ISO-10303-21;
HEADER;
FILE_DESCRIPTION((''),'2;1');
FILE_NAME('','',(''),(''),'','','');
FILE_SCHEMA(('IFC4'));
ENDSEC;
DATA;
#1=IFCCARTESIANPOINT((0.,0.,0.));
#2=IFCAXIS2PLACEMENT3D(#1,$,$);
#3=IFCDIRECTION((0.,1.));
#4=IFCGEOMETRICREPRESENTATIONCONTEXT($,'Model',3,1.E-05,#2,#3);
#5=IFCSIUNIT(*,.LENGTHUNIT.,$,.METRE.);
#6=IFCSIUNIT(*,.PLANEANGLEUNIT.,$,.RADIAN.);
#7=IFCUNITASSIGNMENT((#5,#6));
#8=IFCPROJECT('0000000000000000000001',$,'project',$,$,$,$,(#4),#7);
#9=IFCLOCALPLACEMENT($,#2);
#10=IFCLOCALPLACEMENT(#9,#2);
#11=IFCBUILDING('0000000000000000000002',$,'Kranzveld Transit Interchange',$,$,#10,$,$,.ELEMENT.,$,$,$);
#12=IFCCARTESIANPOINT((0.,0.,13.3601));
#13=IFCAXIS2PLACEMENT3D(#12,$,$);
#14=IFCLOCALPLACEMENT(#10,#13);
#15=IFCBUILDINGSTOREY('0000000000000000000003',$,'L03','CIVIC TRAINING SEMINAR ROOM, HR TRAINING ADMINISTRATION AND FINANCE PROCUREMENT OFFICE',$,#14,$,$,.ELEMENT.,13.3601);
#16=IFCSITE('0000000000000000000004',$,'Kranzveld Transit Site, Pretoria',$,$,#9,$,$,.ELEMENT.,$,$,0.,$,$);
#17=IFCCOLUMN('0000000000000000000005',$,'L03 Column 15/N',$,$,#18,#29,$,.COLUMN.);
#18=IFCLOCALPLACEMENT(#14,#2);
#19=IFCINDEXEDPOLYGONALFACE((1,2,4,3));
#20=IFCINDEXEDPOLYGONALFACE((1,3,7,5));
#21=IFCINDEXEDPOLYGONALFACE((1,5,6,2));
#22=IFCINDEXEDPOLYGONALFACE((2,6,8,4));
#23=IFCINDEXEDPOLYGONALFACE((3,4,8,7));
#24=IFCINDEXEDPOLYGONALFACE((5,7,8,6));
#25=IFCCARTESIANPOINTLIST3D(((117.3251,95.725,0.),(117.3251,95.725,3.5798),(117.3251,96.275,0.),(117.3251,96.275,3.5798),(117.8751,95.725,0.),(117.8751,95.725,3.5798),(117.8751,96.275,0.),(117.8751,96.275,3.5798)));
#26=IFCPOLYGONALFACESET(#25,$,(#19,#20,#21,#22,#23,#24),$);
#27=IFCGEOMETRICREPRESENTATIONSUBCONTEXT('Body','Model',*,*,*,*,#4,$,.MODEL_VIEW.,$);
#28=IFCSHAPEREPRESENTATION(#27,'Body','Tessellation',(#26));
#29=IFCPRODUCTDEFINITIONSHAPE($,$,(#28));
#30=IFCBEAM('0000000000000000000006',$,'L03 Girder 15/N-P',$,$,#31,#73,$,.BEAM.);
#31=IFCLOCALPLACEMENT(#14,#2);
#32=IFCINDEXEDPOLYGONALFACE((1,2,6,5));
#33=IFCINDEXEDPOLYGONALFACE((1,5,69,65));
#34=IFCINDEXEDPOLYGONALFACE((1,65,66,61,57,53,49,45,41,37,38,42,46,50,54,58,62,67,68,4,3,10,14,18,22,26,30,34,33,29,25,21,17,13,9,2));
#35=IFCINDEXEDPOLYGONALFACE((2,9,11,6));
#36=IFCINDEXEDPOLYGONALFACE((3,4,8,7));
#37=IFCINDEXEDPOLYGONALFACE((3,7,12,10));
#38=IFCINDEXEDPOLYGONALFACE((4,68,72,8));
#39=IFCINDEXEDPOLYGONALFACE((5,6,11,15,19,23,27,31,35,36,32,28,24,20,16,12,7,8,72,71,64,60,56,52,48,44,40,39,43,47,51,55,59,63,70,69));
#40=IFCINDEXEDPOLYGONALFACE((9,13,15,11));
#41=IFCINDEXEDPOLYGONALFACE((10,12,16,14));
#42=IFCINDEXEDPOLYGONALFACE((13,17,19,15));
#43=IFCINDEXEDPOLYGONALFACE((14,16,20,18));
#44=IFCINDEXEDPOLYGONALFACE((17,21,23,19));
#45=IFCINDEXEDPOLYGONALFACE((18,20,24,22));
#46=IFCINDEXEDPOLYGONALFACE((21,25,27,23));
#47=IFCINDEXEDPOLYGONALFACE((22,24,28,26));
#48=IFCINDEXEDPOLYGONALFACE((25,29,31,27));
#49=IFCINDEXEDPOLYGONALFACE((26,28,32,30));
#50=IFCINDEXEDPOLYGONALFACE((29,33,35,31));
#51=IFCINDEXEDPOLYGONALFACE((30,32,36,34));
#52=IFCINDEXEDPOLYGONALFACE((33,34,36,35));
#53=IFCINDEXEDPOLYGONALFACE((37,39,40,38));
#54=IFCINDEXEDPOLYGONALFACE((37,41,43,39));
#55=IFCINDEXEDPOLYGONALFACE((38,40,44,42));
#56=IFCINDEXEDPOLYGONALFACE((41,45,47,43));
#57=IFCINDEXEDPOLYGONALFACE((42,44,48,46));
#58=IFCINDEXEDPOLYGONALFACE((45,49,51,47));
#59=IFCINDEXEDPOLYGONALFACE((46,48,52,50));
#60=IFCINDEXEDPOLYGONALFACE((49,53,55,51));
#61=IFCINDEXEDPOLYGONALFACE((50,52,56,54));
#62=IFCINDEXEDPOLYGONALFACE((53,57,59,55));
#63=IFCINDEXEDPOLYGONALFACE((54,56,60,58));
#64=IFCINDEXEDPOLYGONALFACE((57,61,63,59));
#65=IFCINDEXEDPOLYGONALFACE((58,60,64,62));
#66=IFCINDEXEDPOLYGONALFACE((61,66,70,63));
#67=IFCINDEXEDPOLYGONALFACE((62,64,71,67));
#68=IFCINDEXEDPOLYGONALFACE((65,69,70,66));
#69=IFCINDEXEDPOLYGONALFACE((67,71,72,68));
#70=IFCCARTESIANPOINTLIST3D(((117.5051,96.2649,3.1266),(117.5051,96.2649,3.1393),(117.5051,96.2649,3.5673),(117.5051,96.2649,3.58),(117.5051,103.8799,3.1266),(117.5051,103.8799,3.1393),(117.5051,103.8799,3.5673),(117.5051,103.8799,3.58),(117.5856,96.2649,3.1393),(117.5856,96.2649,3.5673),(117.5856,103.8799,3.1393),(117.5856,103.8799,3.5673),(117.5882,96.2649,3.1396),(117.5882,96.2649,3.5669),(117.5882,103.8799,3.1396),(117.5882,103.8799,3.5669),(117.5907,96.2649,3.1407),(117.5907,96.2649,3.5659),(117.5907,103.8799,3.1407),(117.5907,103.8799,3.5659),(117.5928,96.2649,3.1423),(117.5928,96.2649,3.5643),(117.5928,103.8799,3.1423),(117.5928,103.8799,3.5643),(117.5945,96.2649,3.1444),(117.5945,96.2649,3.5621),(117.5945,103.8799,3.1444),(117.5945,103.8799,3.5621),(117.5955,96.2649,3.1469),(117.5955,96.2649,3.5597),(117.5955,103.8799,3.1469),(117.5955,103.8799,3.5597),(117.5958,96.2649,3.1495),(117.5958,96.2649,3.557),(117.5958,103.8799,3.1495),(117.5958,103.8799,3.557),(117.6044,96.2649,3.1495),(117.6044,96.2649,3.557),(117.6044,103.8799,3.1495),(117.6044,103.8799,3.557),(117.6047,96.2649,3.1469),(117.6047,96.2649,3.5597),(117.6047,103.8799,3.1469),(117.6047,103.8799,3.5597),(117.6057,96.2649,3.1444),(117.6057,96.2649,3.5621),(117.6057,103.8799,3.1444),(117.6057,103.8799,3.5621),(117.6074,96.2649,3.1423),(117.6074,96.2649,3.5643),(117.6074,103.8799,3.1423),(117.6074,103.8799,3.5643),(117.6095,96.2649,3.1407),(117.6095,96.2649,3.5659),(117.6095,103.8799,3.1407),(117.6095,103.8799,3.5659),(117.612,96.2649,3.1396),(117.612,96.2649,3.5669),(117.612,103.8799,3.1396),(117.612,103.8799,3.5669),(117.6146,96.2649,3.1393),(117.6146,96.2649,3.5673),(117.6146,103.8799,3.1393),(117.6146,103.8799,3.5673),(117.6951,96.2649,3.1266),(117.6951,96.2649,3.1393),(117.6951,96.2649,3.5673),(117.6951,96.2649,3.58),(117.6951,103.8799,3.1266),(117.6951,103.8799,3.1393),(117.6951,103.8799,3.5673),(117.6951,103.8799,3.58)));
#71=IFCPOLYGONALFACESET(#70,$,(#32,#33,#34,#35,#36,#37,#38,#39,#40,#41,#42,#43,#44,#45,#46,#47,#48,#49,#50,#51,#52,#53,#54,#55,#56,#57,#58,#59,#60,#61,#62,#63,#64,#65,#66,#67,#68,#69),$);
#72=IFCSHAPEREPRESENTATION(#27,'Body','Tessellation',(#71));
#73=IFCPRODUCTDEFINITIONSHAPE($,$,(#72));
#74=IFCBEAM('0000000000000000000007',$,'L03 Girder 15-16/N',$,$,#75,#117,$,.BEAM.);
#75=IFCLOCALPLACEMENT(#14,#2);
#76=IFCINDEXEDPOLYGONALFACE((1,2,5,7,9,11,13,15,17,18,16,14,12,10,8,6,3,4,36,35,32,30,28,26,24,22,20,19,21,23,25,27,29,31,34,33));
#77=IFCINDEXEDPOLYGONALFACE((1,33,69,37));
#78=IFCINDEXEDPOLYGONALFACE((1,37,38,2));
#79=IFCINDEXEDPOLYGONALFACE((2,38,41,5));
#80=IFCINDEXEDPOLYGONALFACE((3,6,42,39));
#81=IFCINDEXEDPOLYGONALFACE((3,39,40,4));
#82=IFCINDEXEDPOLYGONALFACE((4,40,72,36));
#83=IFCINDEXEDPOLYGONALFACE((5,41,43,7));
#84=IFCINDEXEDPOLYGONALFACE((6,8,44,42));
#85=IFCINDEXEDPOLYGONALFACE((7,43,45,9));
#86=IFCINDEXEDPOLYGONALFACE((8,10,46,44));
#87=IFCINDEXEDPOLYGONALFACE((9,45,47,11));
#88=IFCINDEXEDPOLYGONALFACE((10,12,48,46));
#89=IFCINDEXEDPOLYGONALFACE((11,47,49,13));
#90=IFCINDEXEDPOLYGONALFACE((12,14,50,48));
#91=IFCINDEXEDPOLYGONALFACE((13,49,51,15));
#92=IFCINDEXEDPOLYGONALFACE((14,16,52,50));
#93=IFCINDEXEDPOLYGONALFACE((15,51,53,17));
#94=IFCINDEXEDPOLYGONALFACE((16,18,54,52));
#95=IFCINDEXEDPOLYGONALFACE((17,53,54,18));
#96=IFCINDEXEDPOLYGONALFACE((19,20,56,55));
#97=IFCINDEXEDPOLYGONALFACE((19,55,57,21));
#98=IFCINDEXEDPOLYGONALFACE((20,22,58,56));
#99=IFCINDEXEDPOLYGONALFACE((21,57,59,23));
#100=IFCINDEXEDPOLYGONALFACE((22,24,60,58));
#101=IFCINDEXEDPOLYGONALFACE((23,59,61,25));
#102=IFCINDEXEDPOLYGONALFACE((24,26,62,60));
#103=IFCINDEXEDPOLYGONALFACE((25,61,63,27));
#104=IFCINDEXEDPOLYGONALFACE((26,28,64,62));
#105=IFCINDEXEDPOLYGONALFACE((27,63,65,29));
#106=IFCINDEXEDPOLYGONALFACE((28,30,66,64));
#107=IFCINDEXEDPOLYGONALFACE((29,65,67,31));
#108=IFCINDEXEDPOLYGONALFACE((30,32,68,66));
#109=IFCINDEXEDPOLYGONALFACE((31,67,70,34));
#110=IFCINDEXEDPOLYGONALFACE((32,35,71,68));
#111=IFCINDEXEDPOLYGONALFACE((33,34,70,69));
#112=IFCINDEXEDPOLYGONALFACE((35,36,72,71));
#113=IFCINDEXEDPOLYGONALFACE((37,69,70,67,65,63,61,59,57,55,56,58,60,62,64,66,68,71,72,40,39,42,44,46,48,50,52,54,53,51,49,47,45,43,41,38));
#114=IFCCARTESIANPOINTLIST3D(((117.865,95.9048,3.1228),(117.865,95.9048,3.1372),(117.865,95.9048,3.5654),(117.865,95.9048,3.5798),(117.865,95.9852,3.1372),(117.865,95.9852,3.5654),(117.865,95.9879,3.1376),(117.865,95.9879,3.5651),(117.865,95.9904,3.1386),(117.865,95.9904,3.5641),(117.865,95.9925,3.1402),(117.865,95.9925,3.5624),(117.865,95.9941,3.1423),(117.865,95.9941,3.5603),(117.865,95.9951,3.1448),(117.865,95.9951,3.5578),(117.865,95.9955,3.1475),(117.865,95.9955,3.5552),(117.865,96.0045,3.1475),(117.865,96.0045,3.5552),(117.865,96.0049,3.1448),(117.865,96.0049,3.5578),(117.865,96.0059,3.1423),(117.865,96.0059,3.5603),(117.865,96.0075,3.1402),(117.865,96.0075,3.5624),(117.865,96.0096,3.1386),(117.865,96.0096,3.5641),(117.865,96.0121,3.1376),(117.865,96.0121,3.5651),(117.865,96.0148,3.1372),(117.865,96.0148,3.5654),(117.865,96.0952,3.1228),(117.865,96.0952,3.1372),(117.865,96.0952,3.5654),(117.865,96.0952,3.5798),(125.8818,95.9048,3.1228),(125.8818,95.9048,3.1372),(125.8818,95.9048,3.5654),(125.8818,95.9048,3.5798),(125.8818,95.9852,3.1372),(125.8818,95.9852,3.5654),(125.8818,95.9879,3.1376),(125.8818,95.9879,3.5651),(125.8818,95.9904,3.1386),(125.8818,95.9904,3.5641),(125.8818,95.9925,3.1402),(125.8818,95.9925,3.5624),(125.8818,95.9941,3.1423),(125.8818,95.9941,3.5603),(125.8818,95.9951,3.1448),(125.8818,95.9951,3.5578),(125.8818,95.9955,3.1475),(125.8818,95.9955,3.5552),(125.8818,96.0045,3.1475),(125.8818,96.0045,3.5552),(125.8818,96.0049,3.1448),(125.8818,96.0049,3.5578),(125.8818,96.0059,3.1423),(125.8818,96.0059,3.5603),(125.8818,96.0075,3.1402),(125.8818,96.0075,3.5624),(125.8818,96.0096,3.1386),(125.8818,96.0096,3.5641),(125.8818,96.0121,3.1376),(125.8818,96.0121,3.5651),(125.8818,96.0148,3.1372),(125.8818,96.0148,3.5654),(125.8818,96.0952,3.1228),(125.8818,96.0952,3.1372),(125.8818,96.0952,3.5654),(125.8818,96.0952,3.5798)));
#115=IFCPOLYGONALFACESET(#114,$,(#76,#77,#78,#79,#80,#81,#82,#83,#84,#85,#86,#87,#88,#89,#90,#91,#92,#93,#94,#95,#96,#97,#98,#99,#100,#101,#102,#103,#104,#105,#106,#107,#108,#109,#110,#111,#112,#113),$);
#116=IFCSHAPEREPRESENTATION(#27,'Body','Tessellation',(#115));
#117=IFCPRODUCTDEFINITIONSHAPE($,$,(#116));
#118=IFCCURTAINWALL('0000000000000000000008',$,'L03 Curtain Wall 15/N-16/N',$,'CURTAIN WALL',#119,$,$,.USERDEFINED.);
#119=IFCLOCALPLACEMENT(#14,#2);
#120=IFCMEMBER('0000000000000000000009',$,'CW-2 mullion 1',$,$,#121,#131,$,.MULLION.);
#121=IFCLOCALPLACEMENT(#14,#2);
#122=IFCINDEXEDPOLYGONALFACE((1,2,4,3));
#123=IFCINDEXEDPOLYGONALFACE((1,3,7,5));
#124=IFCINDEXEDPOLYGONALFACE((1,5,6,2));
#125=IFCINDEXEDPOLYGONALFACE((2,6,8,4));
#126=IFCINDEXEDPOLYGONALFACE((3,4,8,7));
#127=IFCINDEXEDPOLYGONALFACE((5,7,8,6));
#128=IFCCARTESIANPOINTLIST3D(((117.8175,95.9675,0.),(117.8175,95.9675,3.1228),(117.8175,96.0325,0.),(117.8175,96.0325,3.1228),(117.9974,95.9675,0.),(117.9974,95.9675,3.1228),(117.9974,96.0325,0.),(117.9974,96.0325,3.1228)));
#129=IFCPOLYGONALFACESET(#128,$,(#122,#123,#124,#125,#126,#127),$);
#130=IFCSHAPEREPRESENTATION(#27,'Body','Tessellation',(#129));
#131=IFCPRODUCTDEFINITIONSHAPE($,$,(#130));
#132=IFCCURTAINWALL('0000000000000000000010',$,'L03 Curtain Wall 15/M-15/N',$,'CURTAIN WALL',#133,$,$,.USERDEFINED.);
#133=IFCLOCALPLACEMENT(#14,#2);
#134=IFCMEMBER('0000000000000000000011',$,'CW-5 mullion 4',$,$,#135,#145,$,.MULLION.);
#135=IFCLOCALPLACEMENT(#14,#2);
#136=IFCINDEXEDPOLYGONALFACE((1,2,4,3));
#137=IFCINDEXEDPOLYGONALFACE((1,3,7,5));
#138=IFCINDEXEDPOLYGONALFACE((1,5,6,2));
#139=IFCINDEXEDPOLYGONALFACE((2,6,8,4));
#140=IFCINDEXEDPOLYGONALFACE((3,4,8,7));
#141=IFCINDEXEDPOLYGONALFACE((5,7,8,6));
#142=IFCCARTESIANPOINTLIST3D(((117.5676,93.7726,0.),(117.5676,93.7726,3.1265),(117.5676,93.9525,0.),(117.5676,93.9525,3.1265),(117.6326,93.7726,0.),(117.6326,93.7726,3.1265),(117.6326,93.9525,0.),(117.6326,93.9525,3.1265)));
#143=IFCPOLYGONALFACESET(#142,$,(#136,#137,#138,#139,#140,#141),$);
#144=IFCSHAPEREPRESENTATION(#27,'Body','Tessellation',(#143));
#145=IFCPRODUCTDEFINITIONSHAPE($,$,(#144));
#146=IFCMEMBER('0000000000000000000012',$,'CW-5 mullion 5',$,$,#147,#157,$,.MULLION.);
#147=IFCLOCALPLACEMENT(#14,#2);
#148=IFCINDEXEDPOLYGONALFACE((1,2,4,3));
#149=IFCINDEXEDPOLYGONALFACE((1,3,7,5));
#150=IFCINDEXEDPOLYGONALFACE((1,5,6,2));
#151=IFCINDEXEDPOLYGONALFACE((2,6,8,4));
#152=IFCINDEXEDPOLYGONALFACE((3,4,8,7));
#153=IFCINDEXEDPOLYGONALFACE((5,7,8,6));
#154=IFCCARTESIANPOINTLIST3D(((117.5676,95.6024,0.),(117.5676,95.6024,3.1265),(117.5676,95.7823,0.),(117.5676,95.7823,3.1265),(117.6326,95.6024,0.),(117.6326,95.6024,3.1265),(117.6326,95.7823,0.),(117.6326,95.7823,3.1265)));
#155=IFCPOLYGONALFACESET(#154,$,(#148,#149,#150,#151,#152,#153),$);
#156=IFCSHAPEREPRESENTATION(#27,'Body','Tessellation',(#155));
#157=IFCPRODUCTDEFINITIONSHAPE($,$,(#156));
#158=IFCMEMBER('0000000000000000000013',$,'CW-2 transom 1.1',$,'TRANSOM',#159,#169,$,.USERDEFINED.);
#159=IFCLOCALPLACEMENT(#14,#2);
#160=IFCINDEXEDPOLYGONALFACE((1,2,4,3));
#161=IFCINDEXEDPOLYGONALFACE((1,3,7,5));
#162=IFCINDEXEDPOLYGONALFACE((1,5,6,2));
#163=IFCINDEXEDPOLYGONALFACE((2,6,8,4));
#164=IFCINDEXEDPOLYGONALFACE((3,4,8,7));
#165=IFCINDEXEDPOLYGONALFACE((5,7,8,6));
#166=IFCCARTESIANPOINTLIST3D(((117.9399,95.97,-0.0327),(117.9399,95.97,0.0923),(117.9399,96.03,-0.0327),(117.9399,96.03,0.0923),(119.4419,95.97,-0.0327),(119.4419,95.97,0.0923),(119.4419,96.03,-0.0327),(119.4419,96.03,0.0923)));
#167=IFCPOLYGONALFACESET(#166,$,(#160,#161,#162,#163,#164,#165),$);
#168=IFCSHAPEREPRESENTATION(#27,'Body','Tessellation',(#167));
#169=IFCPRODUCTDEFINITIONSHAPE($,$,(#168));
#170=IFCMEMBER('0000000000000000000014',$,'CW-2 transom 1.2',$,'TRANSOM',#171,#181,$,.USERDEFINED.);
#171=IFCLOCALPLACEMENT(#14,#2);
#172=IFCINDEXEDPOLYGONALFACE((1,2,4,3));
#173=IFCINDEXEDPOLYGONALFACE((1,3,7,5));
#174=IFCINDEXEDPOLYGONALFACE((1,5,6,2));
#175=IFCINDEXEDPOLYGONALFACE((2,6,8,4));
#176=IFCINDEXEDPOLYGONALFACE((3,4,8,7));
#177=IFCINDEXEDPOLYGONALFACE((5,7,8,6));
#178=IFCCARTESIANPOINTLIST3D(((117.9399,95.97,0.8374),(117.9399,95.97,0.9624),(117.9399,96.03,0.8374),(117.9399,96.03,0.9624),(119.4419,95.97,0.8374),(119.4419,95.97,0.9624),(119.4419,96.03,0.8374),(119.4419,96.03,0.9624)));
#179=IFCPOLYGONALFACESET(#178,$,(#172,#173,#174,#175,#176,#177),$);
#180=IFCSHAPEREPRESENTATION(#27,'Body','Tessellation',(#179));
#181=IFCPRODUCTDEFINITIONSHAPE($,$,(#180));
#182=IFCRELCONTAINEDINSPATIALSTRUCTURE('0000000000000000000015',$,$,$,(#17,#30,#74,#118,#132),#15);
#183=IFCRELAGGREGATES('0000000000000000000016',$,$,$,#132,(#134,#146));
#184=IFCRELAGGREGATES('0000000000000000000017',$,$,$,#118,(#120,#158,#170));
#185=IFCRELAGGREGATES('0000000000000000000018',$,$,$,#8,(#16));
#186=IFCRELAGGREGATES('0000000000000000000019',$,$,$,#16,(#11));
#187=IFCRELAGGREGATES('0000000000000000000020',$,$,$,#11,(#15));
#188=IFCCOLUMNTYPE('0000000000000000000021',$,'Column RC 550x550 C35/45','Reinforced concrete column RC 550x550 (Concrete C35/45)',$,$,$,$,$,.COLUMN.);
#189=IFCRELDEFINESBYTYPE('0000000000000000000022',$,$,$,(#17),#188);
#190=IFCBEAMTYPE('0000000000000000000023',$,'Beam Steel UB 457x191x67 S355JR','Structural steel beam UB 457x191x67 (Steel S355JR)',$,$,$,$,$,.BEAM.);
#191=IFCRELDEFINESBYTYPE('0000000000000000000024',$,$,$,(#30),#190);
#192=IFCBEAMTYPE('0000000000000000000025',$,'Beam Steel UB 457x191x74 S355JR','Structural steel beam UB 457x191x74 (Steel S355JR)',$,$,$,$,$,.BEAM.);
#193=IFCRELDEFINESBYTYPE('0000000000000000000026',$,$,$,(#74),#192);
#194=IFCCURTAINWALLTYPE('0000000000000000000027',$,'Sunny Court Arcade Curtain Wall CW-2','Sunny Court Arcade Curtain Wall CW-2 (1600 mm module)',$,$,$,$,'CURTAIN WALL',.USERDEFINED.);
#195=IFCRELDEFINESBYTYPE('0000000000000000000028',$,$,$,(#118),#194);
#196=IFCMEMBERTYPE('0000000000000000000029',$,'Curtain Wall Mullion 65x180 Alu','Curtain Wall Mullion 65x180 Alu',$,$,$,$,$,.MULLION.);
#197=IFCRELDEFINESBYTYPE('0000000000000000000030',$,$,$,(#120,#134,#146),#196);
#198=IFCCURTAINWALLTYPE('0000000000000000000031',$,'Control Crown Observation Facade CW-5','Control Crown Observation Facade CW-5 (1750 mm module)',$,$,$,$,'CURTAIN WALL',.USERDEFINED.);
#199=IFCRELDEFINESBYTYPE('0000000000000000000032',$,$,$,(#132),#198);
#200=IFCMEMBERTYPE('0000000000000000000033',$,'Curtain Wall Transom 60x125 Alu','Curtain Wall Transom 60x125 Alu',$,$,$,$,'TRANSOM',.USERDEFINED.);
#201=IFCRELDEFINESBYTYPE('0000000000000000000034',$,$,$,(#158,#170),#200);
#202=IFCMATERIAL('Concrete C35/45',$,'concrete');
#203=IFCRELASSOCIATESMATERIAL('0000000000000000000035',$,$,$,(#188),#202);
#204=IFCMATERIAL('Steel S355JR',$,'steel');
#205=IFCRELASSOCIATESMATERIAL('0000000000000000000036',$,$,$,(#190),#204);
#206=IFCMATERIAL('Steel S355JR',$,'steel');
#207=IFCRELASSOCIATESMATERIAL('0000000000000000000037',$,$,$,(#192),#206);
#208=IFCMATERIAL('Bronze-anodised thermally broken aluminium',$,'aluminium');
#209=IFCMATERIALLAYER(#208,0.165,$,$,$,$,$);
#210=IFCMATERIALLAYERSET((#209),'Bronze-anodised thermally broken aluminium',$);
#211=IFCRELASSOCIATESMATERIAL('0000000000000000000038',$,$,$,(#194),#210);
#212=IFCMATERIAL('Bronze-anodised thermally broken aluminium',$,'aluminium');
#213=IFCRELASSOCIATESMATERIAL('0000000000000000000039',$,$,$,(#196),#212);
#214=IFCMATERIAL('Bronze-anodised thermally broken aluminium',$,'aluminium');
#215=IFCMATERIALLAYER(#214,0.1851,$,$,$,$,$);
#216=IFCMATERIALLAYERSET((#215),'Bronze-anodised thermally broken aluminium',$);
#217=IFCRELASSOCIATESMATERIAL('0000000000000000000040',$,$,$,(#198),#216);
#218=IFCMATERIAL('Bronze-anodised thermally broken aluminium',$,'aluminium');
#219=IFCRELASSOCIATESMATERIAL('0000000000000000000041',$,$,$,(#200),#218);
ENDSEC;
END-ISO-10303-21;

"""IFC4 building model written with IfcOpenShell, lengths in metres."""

from ifc_helpers import new_model, si_unit, direction, frame, origin, origin_2d, place, context, subcontext, project, spatial, rectangle, i_section, extrude, material, layer, layer_set, material_profile, profile_set, type_object, element, aggregate, save


model = new_model("IFC4")

# Units and contexts
model_context = context("Model", 3, precision=1e-05, world=origin(), true_north=direction((0.0, 1.0)))
body_context = subcontext(model_context, "Body", "Model", "MODEL_VIEW")
ifc_project = project(units=[si_unit("LENGTHUNIT", "METRE"), si_unit("PLANEANGLEUNIT", "RADIAN")], contexts=[model_context])

# Site, building, storey
site_placement = place(None, origin())
site = spatial("IfcSite", under=ifc_project, at=site_placement, Name="Kranzveld Transit Site, Pretoria", CompositionType="ELEMENT", RefElevation=0.0)
building_placement = place(site_placement, origin())
building = spatial("IfcBuilding", under=site, at=building_placement, Name="Kranzveld Transit Interchange", CompositionType="ELEMENT")
storey_placement = place(building_placement, frame((0.0, 0.0, 13.3601)))
storey = spatial("IfcBuildingStorey", under=building, at=storey_placement, Name="L03", Description="CIVIC TRAINING SEMINAR ROOM, HR TRAINING ADMINISTRATION AND FINANCE PROCUREMENT OFFICE", CompositionType="ELEMENT", Elevation=13.3601)

# Column
ifc_material_1 = material(Name="Concrete C35/45", Category="concrete")
ifc_material_profile_1 = material_profile(ifc_material_1, rectangle(XDim=0.55, YDim=0.55, at=origin_2d()), Name="RC 550x550")
ifc_profile_set_1 = profile_set([ifc_material_profile_1], Name="Concrete C35/45")
column_type = type_object("IfcColumnType", Name="Column RC 550x550 C35/45", Description="Reinforced concrete column RC 550x550 (Concrete C35/45)", PredefinedType="COLUMN", material=ifc_profile_set_1)
column_placement = place(storey_placement, frame((117.6001, 96.0, 0.0), z_axis=(0.0, 0.0, 1.0), x_axis=(1.0, 0.0, 0.0)))
element("IfcColumn", 1, at=column_placement, inside=storey, type_object=column_type, Name="L03 Column 15/N", PredefinedType="COLUMN", context=body_context, shape_type="SweptSolid", body=[
    extrude(rectangle(XDim=0.55, YDim=0.55, at=origin_2d()), origin(), (0.0, 0.0, 1.0), 3.5798),
])

# Beams
ifc_material_2 = material(Name="Steel S355JR", Category="steel")
ifc_material_profile_2 = material_profile(ifc_material_2, i_section(OverallWidth=0.1899, OverallDepth=0.4534, WebThickness=0.0085, FlangeThickness=0.0127, FilletRadius=0.0103, at=origin_2d()), Name="UB 457x191x67")
ifc_profile_set_2 = profile_set([ifc_material_profile_2], Name="Steel S355JR")
beam_type_1 = type_object("IfcBeamType", Name="Beam Steel UB 457x191x67 S355JR", Description="Structural steel beam UB 457x191x67 (Steel S355JR)", PredefinedType="BEAM", material=ifc_profile_set_2)
beam_1_placement = place(storey_placement, frame((117.6001, 96.2649, 3.3533), z_axis=(0.0, 1.0, 0.0), x_axis=(-1.0, 0.0, 0.0)))
element("IfcBeam", 2, at=beam_1_placement, inside=storey, type_object=beam_type_1, Name="L03 Girder 15/N-P", PredefinedType="BEAM", context=body_context, shape_type="SweptSolid", body=[
    extrude(i_section(OverallWidth=0.1899, OverallDepth=0.4534, WebThickness=0.0085, FlangeThickness=0.0127, FilletRadius=0.0103, at=origin_2d()), origin(), (0.0, 0.0, 1.0), 7.615),
])
ifc_material_3 = material(Name="Steel S355JR", Category="steel")
ifc_material_profile_3 = material_profile(ifc_material_3, i_section(OverallWidth=0.1904, OverallDepth=0.457, WebThickness=0.009, FlangeThickness=0.0144, FilletRadius=0.0103, at=origin_2d()), Name="UB 457x191x74")
ifc_profile_set_3 = profile_set([ifc_material_profile_3], Name="Steel S355JR")
beam_type_2 = type_object("IfcBeamType", Name="Beam Steel UB 457x191x74 S355JR", Description="Structural steel beam UB 457x191x74 (Steel S355JR)", PredefinedType="BEAM", material=ifc_profile_set_3)
beam_2_placement = place(storey_placement, frame((117.865, 96.0, 3.3513), z_axis=(1.0, 0.0, 0.0), x_axis=(0.0, 1.0, 0.0)))
element("IfcBeam", 3, at=beam_2_placement, inside=storey, type_object=beam_type_2, Name="L03 Girder 15-16/N", PredefinedType="BEAM", context=body_context, shape_type="SweptSolid", body=[
    extrude(i_section(OverallWidth=0.1904, OverallDepth=0.457, WebThickness=0.009, FlangeThickness=0.0144, FilletRadius=0.0103, at=origin_2d()), origin(), (0.0, 0.0, 1.0), 8.0168),
])

# Curtain wall, member
ifc_material_4 = material(Name="Bronze-anodised thermally broken aluminium", Category="aluminium")
ifc_layer_1 = layer(ifc_material_4, 0.165)
ifc_layer_set_1 = layer_set([ifc_layer_1], Name="Bronze-anodised thermally broken aluminium")
curtain_wall_type_1 = type_object("IfcCurtainWallType", Name="Sunny Court Arcade Curtain Wall CW-2", Description="Sunny Court Arcade Curtain Wall CW-2 (1600 mm module)", ElementType="CURTAIN WALL", PredefinedType="USERDEFINED", material=ifc_layer_set_1)
curtain_wall_1_placement = place(storey_placement, origin())
curtain_wall_1 = element("IfcCurtainWall", 4, at=curtain_wall_1_placement, inside=storey, type_object=curtain_wall_type_1, Name="L03 Curtain Wall 15/N-16/N", ObjectType="CURTAIN WALL", PredefinedType="USERDEFINED")
ifc_material_5 = material(Name="Bronze-anodised thermally broken aluminium", Category="aluminium")
ifc_material_profile_4 = material_profile(ifc_material_5, rectangle(XDim=0.0649, YDim=0.1799, at=origin_2d()), Name="ALU MULLION 65x180")
ifc_profile_set_4 = profile_set([ifc_material_profile_4], Name="Bronze-anodised thermally broken aluminium")
member_type_1 = type_object("IfcMemberType", Name="Curtain Wall Mullion 65x180 Alu", Description="Curtain Wall Mullion 65x180 Alu", PredefinedType="MULLION", material=ifc_profile_set_4)
member_1_placement = place(storey_placement, frame((117.9075, 96.0, 0.0), z_axis=(0.0, 0.0, 1.0), x_axis=(0.0, 1.0, 0.0)))
member_1 = element("IfcMember", 5, at=member_1_placement, type_object=member_type_1, Name="CW-2 mullion 1", PredefinedType="MULLION", context=body_context, shape_type="SweptSolid", body=[
    extrude(rectangle(XDim=0.0649, YDim=0.1799, at=origin_2d()), origin(), (0.0, 0.0, 1.0), 3.1228),
])

# Curtain wall, members
ifc_material_6 = material(Name="Bronze-anodised thermally broken aluminium", Category="aluminium")
ifc_layer_2 = layer(ifc_material_6, 0.1851)
ifc_layer_set_2 = layer_set([ifc_layer_2], Name="Bronze-anodised thermally broken aluminium")
curtain_wall_type_2 = type_object("IfcCurtainWallType", Name="Control Crown Observation Facade CW-5", Description="Control Crown Observation Facade CW-5 (1750 mm module)", ElementType="CURTAIN WALL", PredefinedType="USERDEFINED", material=ifc_layer_set_2)
curtain_wall_2_placement = place(storey_placement, origin())
curtain_wall_2 = element("IfcCurtainWall", 6, at=curtain_wall_2_placement, inside=storey, type_object=curtain_wall_type_2, Name="L03 Curtain Wall 15/M-15/N", ObjectType="CURTAIN WALL", PredefinedType="USERDEFINED")
member_2_placement = place(storey_placement, frame((117.6001, 93.8625, 0.0), z_axis=(0.0, 0.0, 1.0), x_axis=(-1.0, 0.0, 0.0)))
member_2 = element("IfcMember", 7, at=member_2_placement, type_object=member_type_1, Name="CW-5 mullion 4", PredefinedType="MULLION", context=body_context, shape_type="SweptSolid", body=[
    extrude(rectangle(XDim=0.0649, YDim=0.1799, at=origin_2d()), origin(), (0.0, 0.0, 1.0), 3.1265),
])
member_3_placement = place(storey_placement, frame((117.6001, 95.6924, 0.0), z_axis=(0.0, 0.0, 1.0), x_axis=(-1.0, 0.0, 0.0)))
member_3 = element("IfcMember", 8, at=member_3_placement, type_object=member_type_1, Name="CW-5 mullion 5", PredefinedType="MULLION", context=body_context, shape_type="SweptSolid", body=[
    extrude(rectangle(XDim=0.0649, YDim=0.1799, at=origin_2d()), origin(), (0.0, 0.0, 1.0), 3.1265),
])

# Members
ifc_material_7 = material(Name="Bronze-anodised thermally broken aluminium", Category="aluminium")
ifc_material_profile_5 = material_profile(ifc_material_7, rectangle(XDim=0.0601, YDim=0.125, at=origin_2d()), Name="ALU TRANSOM 60x125")
ifc_profile_set_5 = profile_set([ifc_material_profile_5], Name="Bronze-anodised thermally broken aluminium")
member_type_2 = type_object("IfcMemberType", Name="Curtain Wall Transom 60x125 Alu", Description="Curtain Wall Transom 60x125 Alu", ElementType="TRANSOM", PredefinedType="USERDEFINED", material=ifc_profile_set_5)
member_4_placement = place(storey_placement, frame((117.9399, 96.0, 0.0298), z_axis=(1.0, 0.0, 0.0), x_axis=(0.0, 1.0, 0.0)))
member_4 = element("IfcMember", 9, at=member_4_placement, type_object=member_type_2, Name="CW-2 transom 1.1", ObjectType="TRANSOM", PredefinedType="USERDEFINED", context=body_context, shape_type="SweptSolid", body=[
    extrude(rectangle(XDim=0.0601, YDim=0.125, at=origin_2d()), origin(), (0.0, 0.0, 1.0), 1.502),
])
member_5_placement = place(storey_placement, frame((117.9399, 96.0, 0.8999), z_axis=(1.0, 0.0, 0.0), x_axis=(0.0, 1.0, 0.0)))
member_5 = element("IfcMember", 10, at=member_5_placement, type_object=member_type_2, Name="CW-2 transom 1.2", ObjectType="TRANSOM", PredefinedType="USERDEFINED", context=body_context, shape_type="SweptSolid", body=[
    extrude(rectangle(XDim=0.0601, YDim=0.125, at=origin_2d()), origin(), (0.0, 0.0, 1.0), 1.502),
])

aggregate(curtain_wall_2, [member_2, member_3])
aggregate(curtain_wall_1, [member_1, member_4, member_5])

save(model, "model.ifc")
